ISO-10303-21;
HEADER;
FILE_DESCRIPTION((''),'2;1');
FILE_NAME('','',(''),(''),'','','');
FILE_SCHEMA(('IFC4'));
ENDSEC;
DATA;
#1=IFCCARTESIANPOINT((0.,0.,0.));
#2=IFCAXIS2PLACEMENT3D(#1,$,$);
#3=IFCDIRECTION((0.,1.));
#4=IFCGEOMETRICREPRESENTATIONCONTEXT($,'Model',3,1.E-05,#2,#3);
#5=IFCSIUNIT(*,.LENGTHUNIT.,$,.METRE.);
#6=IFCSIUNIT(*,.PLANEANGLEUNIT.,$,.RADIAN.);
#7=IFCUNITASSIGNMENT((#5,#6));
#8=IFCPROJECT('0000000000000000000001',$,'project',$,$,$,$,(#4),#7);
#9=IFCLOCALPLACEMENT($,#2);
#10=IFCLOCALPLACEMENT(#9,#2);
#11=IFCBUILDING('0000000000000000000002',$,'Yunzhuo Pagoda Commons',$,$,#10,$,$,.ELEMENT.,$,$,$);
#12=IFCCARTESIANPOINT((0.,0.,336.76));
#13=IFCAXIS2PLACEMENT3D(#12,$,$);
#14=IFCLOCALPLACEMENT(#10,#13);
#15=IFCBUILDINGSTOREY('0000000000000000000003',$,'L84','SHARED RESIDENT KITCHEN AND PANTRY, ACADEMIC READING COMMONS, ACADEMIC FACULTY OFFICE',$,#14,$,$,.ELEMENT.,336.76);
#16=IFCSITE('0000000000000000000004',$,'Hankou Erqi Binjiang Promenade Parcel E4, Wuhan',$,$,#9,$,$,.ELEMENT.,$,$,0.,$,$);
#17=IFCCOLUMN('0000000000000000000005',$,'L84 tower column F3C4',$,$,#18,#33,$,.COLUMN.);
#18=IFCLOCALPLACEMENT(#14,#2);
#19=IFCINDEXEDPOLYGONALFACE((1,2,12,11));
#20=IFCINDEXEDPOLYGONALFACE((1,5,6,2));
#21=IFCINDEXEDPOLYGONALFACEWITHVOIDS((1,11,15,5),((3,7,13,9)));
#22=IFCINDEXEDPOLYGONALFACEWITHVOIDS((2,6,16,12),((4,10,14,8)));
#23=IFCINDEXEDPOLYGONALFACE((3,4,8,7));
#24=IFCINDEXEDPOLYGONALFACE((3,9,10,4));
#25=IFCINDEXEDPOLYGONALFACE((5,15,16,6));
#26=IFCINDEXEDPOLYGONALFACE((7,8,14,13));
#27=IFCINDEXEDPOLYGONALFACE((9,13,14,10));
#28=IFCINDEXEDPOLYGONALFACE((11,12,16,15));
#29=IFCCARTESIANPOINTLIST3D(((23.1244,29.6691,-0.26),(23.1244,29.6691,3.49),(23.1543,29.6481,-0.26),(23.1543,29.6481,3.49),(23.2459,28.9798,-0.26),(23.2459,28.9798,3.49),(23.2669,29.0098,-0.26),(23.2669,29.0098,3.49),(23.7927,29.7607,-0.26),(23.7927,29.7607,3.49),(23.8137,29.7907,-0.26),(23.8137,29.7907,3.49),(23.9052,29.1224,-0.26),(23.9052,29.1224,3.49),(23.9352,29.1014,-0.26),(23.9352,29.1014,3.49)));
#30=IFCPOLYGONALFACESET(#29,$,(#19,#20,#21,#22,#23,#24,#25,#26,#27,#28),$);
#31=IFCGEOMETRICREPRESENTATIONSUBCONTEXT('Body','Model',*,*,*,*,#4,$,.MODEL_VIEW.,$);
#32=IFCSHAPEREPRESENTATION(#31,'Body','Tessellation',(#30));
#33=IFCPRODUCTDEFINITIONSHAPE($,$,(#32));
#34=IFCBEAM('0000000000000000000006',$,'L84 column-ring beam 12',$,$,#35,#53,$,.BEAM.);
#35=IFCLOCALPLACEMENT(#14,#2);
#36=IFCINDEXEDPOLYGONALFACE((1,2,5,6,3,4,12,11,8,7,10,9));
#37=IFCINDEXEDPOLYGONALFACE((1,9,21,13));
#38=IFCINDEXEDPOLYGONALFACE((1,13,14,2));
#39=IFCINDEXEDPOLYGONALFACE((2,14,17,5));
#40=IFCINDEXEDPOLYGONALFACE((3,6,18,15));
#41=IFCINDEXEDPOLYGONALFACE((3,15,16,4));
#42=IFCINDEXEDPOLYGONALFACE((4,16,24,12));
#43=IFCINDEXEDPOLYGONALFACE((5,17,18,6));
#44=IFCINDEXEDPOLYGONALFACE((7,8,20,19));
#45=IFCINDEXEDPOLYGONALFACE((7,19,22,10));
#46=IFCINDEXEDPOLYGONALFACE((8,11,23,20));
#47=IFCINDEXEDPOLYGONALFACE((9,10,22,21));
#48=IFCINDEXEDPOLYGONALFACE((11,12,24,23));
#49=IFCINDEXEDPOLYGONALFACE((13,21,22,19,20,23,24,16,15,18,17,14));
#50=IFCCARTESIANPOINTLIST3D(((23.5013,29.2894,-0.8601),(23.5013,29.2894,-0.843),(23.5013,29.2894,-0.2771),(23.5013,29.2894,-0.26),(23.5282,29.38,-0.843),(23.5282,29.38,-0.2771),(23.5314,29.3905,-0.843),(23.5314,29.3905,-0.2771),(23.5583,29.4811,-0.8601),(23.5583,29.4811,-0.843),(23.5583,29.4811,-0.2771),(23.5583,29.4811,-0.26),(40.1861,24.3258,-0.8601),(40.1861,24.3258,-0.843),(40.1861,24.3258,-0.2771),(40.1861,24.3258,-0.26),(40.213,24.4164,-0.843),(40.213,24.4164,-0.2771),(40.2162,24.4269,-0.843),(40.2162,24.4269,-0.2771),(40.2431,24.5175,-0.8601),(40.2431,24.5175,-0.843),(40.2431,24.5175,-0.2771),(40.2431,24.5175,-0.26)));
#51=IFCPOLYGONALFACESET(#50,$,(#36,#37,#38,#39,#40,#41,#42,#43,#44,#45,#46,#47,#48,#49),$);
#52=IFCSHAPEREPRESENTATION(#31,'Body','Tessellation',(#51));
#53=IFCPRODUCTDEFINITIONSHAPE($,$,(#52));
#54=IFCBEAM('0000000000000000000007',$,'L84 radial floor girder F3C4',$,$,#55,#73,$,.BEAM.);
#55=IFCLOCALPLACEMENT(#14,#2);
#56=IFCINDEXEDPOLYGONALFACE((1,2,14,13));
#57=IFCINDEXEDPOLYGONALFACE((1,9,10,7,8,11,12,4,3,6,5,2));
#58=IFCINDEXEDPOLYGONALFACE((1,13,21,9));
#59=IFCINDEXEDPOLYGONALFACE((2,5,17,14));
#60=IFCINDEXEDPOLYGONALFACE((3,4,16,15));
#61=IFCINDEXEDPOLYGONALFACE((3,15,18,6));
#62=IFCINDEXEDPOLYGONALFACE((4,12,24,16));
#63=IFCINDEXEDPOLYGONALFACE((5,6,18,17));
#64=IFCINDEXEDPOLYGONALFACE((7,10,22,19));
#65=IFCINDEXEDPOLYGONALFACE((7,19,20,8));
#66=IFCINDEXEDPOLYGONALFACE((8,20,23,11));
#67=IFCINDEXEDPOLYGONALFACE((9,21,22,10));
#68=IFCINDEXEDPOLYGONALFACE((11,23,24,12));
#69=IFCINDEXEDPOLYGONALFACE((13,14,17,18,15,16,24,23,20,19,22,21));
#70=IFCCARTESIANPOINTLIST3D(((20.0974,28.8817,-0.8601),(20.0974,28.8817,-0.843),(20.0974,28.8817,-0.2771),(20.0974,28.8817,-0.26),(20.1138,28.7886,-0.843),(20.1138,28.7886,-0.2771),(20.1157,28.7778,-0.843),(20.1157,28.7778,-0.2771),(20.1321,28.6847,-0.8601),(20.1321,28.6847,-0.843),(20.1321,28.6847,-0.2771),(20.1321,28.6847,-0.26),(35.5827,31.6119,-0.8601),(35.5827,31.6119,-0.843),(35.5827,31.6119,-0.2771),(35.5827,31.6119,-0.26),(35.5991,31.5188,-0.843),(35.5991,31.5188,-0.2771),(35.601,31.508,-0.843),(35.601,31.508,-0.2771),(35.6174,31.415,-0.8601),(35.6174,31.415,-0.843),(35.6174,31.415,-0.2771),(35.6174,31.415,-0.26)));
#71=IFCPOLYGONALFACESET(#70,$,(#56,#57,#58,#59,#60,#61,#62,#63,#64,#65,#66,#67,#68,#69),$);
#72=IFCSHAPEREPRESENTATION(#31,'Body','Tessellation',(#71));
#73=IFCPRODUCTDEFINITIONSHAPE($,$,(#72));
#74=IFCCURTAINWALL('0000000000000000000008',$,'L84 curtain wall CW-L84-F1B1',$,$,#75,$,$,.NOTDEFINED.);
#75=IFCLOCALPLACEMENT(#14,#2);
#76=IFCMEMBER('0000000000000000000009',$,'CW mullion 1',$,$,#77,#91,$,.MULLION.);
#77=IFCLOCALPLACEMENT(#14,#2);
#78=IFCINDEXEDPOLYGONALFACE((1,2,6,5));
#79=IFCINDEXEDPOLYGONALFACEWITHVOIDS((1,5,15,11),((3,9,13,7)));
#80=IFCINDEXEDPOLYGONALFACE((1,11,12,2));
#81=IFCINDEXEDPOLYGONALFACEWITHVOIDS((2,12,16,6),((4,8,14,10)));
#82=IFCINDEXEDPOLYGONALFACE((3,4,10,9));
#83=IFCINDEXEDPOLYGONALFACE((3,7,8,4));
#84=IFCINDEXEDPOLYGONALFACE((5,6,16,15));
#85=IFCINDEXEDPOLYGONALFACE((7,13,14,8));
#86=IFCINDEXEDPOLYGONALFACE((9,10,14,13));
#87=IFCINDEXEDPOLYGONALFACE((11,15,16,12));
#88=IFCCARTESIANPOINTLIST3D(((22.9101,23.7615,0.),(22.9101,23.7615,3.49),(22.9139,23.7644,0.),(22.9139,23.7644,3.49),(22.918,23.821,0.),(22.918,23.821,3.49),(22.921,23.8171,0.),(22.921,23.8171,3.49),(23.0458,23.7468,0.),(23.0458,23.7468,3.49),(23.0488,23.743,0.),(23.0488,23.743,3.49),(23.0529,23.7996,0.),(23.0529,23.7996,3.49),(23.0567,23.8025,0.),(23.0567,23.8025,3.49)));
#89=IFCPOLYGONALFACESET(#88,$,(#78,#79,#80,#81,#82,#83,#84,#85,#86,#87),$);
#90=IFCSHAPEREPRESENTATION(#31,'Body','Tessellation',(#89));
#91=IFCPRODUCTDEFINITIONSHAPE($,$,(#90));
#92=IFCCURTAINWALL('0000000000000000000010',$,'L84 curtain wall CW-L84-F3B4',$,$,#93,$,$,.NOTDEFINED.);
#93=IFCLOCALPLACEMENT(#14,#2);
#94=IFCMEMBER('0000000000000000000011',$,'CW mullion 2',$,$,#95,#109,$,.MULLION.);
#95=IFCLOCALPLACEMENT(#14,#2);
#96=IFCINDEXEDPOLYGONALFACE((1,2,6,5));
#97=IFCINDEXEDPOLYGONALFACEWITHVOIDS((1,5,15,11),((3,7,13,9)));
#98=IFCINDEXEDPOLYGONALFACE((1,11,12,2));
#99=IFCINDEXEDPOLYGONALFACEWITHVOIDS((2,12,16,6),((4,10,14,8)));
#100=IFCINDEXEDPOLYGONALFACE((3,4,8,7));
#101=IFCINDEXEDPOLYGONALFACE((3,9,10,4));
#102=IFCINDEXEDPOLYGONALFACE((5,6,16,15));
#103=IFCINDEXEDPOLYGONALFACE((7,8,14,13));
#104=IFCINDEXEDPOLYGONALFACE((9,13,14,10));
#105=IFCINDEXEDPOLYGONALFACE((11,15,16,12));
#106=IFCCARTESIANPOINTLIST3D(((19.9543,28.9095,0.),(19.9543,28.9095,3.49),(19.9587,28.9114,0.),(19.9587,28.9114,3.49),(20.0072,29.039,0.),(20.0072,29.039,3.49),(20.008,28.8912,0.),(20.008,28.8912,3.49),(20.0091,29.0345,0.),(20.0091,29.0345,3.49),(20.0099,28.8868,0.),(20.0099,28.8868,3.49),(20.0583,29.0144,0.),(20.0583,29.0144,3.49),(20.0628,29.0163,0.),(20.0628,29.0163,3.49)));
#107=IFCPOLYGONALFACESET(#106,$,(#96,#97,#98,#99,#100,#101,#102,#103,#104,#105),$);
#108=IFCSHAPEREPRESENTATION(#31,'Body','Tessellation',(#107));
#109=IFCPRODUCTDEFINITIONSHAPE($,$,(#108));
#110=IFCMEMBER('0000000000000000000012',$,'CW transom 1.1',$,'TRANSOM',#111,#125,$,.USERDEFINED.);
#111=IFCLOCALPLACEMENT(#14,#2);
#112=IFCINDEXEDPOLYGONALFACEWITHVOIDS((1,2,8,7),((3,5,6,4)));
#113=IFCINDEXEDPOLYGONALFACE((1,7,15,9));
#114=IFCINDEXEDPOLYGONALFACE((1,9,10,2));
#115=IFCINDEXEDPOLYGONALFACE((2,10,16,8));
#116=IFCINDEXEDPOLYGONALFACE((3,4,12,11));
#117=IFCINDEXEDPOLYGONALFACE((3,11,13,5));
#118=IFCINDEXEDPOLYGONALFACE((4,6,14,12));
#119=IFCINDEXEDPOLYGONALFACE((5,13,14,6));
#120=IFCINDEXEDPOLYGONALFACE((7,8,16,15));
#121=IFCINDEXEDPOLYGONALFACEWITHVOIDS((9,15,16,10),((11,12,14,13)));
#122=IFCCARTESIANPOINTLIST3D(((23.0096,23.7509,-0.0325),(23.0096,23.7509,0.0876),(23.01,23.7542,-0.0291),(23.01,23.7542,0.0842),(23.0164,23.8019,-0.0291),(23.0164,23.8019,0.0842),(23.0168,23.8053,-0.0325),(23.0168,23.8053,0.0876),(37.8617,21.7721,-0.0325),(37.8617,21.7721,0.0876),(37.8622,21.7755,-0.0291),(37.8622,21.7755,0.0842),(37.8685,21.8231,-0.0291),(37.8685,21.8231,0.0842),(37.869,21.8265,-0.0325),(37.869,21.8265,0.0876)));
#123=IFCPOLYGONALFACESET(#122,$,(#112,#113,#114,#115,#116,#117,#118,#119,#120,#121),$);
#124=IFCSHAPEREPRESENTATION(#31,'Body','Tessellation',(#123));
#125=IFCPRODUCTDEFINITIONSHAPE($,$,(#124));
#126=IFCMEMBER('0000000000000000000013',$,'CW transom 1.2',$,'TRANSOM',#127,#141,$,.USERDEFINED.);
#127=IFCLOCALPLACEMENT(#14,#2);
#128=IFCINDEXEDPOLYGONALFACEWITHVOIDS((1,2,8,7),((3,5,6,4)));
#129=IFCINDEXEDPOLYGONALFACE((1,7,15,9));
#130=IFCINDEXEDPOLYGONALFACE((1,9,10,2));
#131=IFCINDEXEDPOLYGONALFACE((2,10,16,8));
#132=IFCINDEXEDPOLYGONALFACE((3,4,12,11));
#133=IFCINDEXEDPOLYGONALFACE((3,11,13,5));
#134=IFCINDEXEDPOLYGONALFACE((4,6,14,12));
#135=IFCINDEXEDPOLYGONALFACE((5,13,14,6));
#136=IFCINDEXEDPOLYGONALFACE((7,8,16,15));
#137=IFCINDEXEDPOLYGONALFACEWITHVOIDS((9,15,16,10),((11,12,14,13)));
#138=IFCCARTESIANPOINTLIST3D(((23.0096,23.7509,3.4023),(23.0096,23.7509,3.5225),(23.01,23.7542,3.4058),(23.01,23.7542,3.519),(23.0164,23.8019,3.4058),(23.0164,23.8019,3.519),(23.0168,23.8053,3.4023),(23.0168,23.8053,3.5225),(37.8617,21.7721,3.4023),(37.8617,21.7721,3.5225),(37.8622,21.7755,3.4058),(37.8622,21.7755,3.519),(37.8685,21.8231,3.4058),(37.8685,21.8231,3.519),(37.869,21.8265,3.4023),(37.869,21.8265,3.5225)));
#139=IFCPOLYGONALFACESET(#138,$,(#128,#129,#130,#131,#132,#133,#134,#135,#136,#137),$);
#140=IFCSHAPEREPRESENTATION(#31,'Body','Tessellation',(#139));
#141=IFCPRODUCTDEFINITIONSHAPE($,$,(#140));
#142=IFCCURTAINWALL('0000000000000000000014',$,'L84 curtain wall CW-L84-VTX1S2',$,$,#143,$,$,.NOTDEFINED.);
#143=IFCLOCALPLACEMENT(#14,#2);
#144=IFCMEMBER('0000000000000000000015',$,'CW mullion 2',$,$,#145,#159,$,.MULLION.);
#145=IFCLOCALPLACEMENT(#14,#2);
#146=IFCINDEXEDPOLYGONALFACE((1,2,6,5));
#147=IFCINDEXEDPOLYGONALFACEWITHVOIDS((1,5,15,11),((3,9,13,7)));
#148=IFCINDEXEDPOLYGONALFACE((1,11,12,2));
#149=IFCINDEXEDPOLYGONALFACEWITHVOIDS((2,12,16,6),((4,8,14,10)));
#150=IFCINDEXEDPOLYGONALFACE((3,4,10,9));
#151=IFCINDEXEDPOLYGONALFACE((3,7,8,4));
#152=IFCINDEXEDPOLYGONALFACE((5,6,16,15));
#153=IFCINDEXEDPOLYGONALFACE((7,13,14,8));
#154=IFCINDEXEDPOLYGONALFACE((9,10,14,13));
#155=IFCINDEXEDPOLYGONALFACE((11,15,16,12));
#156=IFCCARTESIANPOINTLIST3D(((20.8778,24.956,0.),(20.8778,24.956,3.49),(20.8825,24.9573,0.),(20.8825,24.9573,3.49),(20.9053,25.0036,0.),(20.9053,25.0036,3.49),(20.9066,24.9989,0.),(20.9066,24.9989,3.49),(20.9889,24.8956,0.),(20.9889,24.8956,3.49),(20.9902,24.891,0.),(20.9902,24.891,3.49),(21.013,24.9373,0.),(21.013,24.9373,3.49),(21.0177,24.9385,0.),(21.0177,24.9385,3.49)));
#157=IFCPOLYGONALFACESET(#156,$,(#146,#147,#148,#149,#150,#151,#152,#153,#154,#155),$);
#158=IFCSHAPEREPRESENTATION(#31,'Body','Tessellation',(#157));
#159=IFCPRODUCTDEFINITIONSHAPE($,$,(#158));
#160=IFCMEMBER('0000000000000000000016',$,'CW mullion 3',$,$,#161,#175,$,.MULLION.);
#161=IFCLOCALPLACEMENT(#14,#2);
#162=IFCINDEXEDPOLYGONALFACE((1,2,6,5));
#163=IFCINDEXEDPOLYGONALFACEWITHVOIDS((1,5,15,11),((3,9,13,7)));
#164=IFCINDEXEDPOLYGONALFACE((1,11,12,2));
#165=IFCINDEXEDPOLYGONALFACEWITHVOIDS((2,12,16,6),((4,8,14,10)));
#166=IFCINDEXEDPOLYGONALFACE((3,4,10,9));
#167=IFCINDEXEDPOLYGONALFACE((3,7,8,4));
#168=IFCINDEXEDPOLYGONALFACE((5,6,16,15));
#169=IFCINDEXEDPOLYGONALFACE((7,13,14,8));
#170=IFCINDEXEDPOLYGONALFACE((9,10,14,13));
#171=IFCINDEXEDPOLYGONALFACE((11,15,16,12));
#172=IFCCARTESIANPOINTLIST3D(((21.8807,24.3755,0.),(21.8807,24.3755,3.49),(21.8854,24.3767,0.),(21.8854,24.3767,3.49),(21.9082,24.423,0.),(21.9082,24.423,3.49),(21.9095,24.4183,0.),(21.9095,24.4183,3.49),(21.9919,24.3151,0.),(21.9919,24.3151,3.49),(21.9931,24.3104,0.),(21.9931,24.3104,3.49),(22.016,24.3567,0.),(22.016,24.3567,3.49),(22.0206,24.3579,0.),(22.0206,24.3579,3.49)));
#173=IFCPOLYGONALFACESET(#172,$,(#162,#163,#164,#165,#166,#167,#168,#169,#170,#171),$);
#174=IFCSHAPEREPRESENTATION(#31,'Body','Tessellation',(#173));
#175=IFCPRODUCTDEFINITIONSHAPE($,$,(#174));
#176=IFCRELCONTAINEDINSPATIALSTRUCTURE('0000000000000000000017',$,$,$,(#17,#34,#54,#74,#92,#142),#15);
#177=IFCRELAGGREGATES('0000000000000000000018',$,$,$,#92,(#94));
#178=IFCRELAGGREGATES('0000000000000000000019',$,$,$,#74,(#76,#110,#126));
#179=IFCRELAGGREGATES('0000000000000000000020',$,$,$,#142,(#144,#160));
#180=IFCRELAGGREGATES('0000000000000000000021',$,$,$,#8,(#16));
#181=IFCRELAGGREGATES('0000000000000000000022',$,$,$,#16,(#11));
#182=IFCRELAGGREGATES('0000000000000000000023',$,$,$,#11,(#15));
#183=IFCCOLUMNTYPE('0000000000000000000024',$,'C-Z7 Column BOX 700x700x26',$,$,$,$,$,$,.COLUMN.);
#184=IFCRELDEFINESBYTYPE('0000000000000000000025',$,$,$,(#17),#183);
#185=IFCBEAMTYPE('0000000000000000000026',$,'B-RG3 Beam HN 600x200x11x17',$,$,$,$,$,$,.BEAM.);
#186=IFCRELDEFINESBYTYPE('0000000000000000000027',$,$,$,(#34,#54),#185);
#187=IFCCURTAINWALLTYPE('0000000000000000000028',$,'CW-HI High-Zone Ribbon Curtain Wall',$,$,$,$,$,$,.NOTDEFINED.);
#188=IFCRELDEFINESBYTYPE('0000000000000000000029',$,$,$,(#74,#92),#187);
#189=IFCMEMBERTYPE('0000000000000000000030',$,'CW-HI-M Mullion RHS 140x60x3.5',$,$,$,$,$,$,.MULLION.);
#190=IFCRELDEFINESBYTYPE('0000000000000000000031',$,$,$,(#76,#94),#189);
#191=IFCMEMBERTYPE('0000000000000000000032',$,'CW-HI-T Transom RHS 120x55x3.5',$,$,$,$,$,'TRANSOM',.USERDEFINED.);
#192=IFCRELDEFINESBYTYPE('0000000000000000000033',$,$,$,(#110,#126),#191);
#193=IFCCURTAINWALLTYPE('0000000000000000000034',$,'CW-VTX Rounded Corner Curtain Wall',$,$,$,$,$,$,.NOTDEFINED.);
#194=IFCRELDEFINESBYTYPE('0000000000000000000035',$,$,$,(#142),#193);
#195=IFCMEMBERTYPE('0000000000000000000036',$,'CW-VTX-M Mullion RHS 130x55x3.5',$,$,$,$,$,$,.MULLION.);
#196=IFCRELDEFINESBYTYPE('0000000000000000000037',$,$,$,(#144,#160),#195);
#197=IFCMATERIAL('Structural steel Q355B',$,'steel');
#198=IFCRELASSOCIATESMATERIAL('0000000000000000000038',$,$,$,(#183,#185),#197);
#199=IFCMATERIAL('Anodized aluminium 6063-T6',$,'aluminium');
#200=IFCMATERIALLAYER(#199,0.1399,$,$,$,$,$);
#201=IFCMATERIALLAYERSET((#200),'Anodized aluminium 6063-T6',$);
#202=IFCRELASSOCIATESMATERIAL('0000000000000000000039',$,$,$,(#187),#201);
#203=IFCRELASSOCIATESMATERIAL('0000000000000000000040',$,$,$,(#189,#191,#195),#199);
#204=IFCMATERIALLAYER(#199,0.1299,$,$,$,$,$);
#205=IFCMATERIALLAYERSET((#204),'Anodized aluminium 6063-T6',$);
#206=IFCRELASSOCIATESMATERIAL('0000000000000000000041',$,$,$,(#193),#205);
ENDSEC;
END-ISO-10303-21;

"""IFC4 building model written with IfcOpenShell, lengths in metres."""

from ifc_helpers import new_model, si_unit, direction, frame, origin, origin_2d, place, context, subcontext, project, spatial, hollow_rectangle, i_section, extrude, source, transform, mapped, material, layer, layer_set, material_profile, profile_set, type_object, element, aggregate, save


model = new_model("IFC4")

# Units and contexts
model_context = context("Model", 3, precision=1e-05, world=origin(), true_north=direction((0.0, 1.0)))
body_context = subcontext(model_context, "Body", "Model", "MODEL_VIEW")
ifc_project = project(units=[si_unit("LENGTHUNIT", "METRE"), si_unit("PLANEANGLEUNIT", "RADIAN")], contexts=[model_context])

# Site, building, storey
site_placement = place(None, origin())
site = spatial("IfcSite", under=ifc_project, at=site_placement, Name="Hankou Erqi Binjiang Promenade Parcel E4, Wuhan", CompositionType="ELEMENT", RefElevation=0.0)
building_placement = place(site_placement, origin())
building = spatial("IfcBuilding", under=site, at=building_placement, Name="Yunzhuo Pagoda Commons", CompositionType="ELEMENT")
storey_placement = place(building_placement, frame((0.0, 0.0, 336.76)))
storey = spatial("IfcBuildingStorey", under=building, at=storey_placement, Name="L84", Description="SHARED RESIDENT KITCHEN AND PANTRY, ACADEMIC READING COMMONS, ACADEMIC FACULTY OFFICE", CompositionType="ELEMENT", Elevation=336.76)

# Column
ifc_material_1 = material(Name="Structural steel Q355B", Category="steel")
ifc_material_profile_1 = material_profile(ifc_material_1, hollow_rectangle(XDim=0.7, YDim=0.7, WallThickness=0.0259, at=origin_2d()), Name="Structural steel Q355B")
ifc_profile_set_1 = profile_set([ifc_material_profile_1], Name="Structural steel Q355B")
column_type = type_object("IfcColumnType", Name="C-Z7 Column BOX 700x700x26", PredefinedType="COLUMN", material=ifc_profile_set_1)
shared_shape_1 = source(origin(), body_context, "Body", "SweptSolid", [
    extrude(hollow_rectangle(XDim=0.7, YDim=0.7, WallThickness=0.0259, at=origin_2d()), origin(), (0.0, 0.0, 1.0), 3.75),
])
column_placement = place(storey_placement, frame((23.5298, 29.3853, -0.26), z_axis=(0.0, 0.0, 1.0), x_axis=(0.173648, -0.984808, 0.0)))
element("IfcColumn", 1, at=column_placement, inside=storey, type_object=column_type, Name="L84 tower column F3C4", PredefinedType="COLUMN", context=body_context, shape_type="MappedRepresentation", body=[
    mapped(shared_shape_1, transform((0.0, 0.0, 0.0), scale=1.0)),
])

# Beams
ifc_material_profile_2 = material_profile(ifc_material_1, i_section(OverallWidth=0.2, OverallDepth=0.6001, WebThickness=0.011, FlangeThickness=0.0171, at=origin_2d()), Name="Structural steel Q355B")
ifc_profile_set_2 = profile_set([ifc_material_profile_2], Name="Structural steel Q355B")
beam_type = type_object("IfcBeamType", Name="B-RG3 Beam HN 600x200x11x17", PredefinedType="BEAM", material=ifc_profile_set_2)
shared_shape_2 = source(origin(), body_context, "Body", "SweptSolid", [
    extrude(i_section(OverallWidth=0.2, OverallDepth=0.6001, WebThickness=0.011, FlangeThickness=0.0171, at=origin_2d()), origin(), (0.0, 0.0, 1.0), 17.4075),
])
beam_1_placement = place(storey_placement, frame((23.5298, 29.3853, -0.5601), z_axis=(0.958485, -0.285143, 0.0), x_axis=(0.285143, 0.958485, 0.0)))
element("IfcBeam", 2, at=beam_1_placement, inside=storey, type_object=beam_type, Name="L84 column-ring beam 12", PredefinedType="BEAM", context=body_context, shape_type="MappedRepresentation", body=[
    mapped(shared_shape_2, transform((0.0, 0.0, 0.0), scale=1.0)),
])
shared_shape_3 = source(origin(), body_context, "Body", "SweptSolid", [
    extrude(i_section(OverallWidth=0.2, OverallDepth=0.6001, WebThickness=0.011, FlangeThickness=0.0171, at=origin_2d()), origin(), (0.0, 0.0, 1.0), 15.7241),
])
beam_2_placement = place(storey_placement, frame((20.1147, 28.7832, -0.5601), z_axis=(0.984811, 0.173632, 0.0), x_axis=(-0.173632, 0.984811, 0.0)))
element("IfcBeam", 3, at=beam_2_placement, inside=storey, type_object=beam_type, Name="L84 radial floor girder F3C4", PredefinedType="BEAM", context=body_context, shape_type="MappedRepresentation", body=[
    mapped(shared_shape_3, transform((0.0, 0.0, 0.0), scale=1.0)),
])

# Curtain walls, members
ifc_material_2 = material(Name="Anodized aluminium 6063-T6", Category="aluminium")
ifc_layer_1 = layer(ifc_material_2, 0.1399)
ifc_layer_set_1 = layer_set([ifc_layer_1], Name="Anodized aluminium 6063-T6")
curtain_wall_type_1 = type_object("IfcCurtainWallType", Name="CW-HI High-Zone Ribbon Curtain Wall", PredefinedType="NOTDEFINED", material=ifc_layer_set_1)
curtain_wall_1_placement = place(storey_placement, origin())
curtain_wall_1 = element("IfcCurtainWall", 4, at=curtain_wall_1_placement, inside=storey, type_object=curtain_wall_type_1, Name="L84 curtain wall CW-L84-F1B1", PredefinedType="NOTDEFINED")
ifc_material_profile_3 = material_profile(ifc_material_2, hollow_rectangle(XDim=0.0601, YDim=0.1399, WallThickness=0.0034, at=origin_2d()), Name="Anodized aluminium 6063-T6")
ifc_profile_set_3 = profile_set([ifc_material_profile_3], Name="Anodized aluminium 6063-T6")
member_type_1 = type_object("IfcMemberType", Name="CW-HI-M Mullion RHS 140x60x3.5", PredefinedType="MULLION", material=ifc_profile_set_3)
shared_shape_4 = source(origin(), body_context, "Body", "SweptSolid", [
    extrude(hollow_rectangle(XDim=0.0601, YDim=0.1399, WallThickness=0.0034, at=origin_2d()), origin(), (0.0, 0.0, 1.0), 3.49),
])
member_1_placement = place(storey_placement, frame((22.9834, 23.782, 0.0), z_axis=(0.0, 0.0, 1.0), x_axis=(0.132069, 0.991241, 0.0)))
member_1 = element("IfcMember", 5, at=member_1_placement, type_object=member_type_1, Name="CW mullion 1", PredefinedType="MULLION", context=body_context, shape_type="MappedRepresentation", body=[
    mapped(shared_shape_4, transform((0.0, 0.0, 0.0), scale=1.0)),
])
curtain_wall_2_placement = place(storey_placement, origin())
curtain_wall_2 = element("IfcCurtainWall", 6, at=curtain_wall_2_placement, inside=storey, type_object=curtain_wall_type_1, Name="L84 curtain wall CW-L84-F3B4", PredefinedType="NOTDEFINED")
member_2_placement = place(storey_placement, frame((20.0085, 28.9629, 0.0), z_axis=(0.0, 0.0, 1.0), x_axis=(0.92573, -0.378185, 0.0)))
member_2 = element("IfcMember", 7, at=member_2_placement, type_object=member_type_1, Name="CW mullion 2", PredefinedType="MULLION", context=body_context, shape_type="MappedRepresentation", body=[
    mapped(shared_shape_4, transform((0.0, 0.0, 0.0), scale=1.0)),
])

# Members
ifc_material_profile_4 = material_profile(ifc_material_2, hollow_rectangle(XDim=0.0549, YDim=0.1201, WallThickness=0.0034, at=origin_2d()), Name="Anodized aluminium 6063-T6")
ifc_profile_set_4 = profile_set([ifc_material_profile_4], Name="Anodized aluminium 6063-T6")
member_type_2 = type_object("IfcMemberType", Name="CW-HI-T Transom RHS 120x55x3.5", ElementType="TRANSOM", PredefinedType="USERDEFINED", material=ifc_profile_set_4)
shared_shape_5 = source(origin(), body_context, "Body", "SweptSolid", [
    extrude(hollow_rectangle(XDim=0.0549, YDim=0.1201, WallThickness=0.0034, at=origin_2d()), origin(), (0.0, 0.0, 1.0), 14.9834),
])
member_3_placement = place(storey_placement, frame((23.0132, 23.7781, 0.0276), z_axis=(0.991241, -0.132064, 0.0), x_axis=(0.132064, 0.991241, 0.0)))
member_3 = element("IfcMember", 8, at=member_3_placement, type_object=member_type_2, Name="CW transom 1.1", ObjectType="TRANSOM", PredefinedType="USERDEFINED", context=body_context, shape_type="MappedRepresentation", body=[
    mapped(shared_shape_5, transform((0.0, 0.0, 0.0), scale=1.0)),
])
member_4_placement = place(storey_placement, frame((23.0132, 23.7781, 3.4624), z_axis=(0.991241, -0.132064, 0.0), x_axis=(0.132064, 0.991241, 0.0)))
member_4 = element("IfcMember", 9, at=member_4_placement, type_object=member_type_2, Name="CW transom 1.2", ObjectType="TRANSOM", PredefinedType="USERDEFINED", context=body_context, shape_type="MappedRepresentation", body=[
    mapped(shared_shape_5, transform((0.0, 0.0, 0.0), scale=1.0)),
])

# Curtain wall, members
ifc_layer_2 = layer(ifc_material_2, 0.1299)
ifc_layer_set_2 = layer_set([ifc_layer_2], Name="Anodized aluminium 6063-T6")
curtain_wall_type_2 = type_object("IfcCurtainWallType", Name="CW-VTX Rounded Corner Curtain Wall", PredefinedType="NOTDEFINED", material=ifc_layer_set_2)
curtain_wall_3_placement = place(storey_placement, origin())
curtain_wall_3 = element("IfcCurtainWall", 10, at=curtain_wall_3_placement, inside=storey, type_object=curtain_wall_type_2, Name="L84 curtain wall CW-L84-VTX1S2", PredefinedType="NOTDEFINED")
ifc_material_profile_5 = material_profile(ifc_material_2, hollow_rectangle(XDim=0.0549, YDim=0.1299, WallThickness=0.0034, at=origin_2d()), Name="Anodized aluminium 6063-T6")
ifc_profile_set_5 = profile_set([ifc_material_profile_5], Name="Anodized aluminium 6063-T6")
member_type_3 = type_object("IfcMemberType", Name="CW-VTX-M Mullion RHS 130x55x3.5", PredefinedType="MULLION", material=ifc_profile_set_5)
shared_shape_6 = source(origin(), body_context, "Body", "SweptSolid", [
    extrude(hollow_rectangle(XDim=0.0549, YDim=0.1299, WallThickness=0.0034, at=origin_2d()), origin(), (0.0, 0.0, 1.0), 3.49),
])
member_5_placement = place(storey_placement, frame((20.9478, 24.9473, 0.0), z_axis=(0.0, 0.0, 1.0), x_axis=(0.501028, 0.865431, 0.0)))
member_5 = element("IfcMember", 11, at=member_5_placement, type_object=member_type_3, Name="CW mullion 2", PredefinedType="MULLION", context=body_context, shape_type="MappedRepresentation", body=[
    mapped(shared_shape_6, transform((0.0, 0.0, 0.0), scale=1.0)),
])
member_6_placement = place(storey_placement, frame((21.9507, 24.3667, 0.0), z_axis=(0.0, 0.0, 1.0), x_axis=(0.501028, 0.865431, 0.0)))
member_6 = element("IfcMember", 12, at=member_6_placement, type_object=member_type_3, Name="CW mullion 3", PredefinedType="MULLION", context=body_context, shape_type="MappedRepresentation", body=[
    mapped(shared_shape_6, transform((0.0, 0.0, 0.0), scale=1.0)),
])

aggregate(curtain_wall_2, [member_2])
aggregate(curtain_wall_1, [member_1, member_3, member_4])
aggregate(curtain_wall_3, [member_5, member_6])

save(model, "model.ifc")
